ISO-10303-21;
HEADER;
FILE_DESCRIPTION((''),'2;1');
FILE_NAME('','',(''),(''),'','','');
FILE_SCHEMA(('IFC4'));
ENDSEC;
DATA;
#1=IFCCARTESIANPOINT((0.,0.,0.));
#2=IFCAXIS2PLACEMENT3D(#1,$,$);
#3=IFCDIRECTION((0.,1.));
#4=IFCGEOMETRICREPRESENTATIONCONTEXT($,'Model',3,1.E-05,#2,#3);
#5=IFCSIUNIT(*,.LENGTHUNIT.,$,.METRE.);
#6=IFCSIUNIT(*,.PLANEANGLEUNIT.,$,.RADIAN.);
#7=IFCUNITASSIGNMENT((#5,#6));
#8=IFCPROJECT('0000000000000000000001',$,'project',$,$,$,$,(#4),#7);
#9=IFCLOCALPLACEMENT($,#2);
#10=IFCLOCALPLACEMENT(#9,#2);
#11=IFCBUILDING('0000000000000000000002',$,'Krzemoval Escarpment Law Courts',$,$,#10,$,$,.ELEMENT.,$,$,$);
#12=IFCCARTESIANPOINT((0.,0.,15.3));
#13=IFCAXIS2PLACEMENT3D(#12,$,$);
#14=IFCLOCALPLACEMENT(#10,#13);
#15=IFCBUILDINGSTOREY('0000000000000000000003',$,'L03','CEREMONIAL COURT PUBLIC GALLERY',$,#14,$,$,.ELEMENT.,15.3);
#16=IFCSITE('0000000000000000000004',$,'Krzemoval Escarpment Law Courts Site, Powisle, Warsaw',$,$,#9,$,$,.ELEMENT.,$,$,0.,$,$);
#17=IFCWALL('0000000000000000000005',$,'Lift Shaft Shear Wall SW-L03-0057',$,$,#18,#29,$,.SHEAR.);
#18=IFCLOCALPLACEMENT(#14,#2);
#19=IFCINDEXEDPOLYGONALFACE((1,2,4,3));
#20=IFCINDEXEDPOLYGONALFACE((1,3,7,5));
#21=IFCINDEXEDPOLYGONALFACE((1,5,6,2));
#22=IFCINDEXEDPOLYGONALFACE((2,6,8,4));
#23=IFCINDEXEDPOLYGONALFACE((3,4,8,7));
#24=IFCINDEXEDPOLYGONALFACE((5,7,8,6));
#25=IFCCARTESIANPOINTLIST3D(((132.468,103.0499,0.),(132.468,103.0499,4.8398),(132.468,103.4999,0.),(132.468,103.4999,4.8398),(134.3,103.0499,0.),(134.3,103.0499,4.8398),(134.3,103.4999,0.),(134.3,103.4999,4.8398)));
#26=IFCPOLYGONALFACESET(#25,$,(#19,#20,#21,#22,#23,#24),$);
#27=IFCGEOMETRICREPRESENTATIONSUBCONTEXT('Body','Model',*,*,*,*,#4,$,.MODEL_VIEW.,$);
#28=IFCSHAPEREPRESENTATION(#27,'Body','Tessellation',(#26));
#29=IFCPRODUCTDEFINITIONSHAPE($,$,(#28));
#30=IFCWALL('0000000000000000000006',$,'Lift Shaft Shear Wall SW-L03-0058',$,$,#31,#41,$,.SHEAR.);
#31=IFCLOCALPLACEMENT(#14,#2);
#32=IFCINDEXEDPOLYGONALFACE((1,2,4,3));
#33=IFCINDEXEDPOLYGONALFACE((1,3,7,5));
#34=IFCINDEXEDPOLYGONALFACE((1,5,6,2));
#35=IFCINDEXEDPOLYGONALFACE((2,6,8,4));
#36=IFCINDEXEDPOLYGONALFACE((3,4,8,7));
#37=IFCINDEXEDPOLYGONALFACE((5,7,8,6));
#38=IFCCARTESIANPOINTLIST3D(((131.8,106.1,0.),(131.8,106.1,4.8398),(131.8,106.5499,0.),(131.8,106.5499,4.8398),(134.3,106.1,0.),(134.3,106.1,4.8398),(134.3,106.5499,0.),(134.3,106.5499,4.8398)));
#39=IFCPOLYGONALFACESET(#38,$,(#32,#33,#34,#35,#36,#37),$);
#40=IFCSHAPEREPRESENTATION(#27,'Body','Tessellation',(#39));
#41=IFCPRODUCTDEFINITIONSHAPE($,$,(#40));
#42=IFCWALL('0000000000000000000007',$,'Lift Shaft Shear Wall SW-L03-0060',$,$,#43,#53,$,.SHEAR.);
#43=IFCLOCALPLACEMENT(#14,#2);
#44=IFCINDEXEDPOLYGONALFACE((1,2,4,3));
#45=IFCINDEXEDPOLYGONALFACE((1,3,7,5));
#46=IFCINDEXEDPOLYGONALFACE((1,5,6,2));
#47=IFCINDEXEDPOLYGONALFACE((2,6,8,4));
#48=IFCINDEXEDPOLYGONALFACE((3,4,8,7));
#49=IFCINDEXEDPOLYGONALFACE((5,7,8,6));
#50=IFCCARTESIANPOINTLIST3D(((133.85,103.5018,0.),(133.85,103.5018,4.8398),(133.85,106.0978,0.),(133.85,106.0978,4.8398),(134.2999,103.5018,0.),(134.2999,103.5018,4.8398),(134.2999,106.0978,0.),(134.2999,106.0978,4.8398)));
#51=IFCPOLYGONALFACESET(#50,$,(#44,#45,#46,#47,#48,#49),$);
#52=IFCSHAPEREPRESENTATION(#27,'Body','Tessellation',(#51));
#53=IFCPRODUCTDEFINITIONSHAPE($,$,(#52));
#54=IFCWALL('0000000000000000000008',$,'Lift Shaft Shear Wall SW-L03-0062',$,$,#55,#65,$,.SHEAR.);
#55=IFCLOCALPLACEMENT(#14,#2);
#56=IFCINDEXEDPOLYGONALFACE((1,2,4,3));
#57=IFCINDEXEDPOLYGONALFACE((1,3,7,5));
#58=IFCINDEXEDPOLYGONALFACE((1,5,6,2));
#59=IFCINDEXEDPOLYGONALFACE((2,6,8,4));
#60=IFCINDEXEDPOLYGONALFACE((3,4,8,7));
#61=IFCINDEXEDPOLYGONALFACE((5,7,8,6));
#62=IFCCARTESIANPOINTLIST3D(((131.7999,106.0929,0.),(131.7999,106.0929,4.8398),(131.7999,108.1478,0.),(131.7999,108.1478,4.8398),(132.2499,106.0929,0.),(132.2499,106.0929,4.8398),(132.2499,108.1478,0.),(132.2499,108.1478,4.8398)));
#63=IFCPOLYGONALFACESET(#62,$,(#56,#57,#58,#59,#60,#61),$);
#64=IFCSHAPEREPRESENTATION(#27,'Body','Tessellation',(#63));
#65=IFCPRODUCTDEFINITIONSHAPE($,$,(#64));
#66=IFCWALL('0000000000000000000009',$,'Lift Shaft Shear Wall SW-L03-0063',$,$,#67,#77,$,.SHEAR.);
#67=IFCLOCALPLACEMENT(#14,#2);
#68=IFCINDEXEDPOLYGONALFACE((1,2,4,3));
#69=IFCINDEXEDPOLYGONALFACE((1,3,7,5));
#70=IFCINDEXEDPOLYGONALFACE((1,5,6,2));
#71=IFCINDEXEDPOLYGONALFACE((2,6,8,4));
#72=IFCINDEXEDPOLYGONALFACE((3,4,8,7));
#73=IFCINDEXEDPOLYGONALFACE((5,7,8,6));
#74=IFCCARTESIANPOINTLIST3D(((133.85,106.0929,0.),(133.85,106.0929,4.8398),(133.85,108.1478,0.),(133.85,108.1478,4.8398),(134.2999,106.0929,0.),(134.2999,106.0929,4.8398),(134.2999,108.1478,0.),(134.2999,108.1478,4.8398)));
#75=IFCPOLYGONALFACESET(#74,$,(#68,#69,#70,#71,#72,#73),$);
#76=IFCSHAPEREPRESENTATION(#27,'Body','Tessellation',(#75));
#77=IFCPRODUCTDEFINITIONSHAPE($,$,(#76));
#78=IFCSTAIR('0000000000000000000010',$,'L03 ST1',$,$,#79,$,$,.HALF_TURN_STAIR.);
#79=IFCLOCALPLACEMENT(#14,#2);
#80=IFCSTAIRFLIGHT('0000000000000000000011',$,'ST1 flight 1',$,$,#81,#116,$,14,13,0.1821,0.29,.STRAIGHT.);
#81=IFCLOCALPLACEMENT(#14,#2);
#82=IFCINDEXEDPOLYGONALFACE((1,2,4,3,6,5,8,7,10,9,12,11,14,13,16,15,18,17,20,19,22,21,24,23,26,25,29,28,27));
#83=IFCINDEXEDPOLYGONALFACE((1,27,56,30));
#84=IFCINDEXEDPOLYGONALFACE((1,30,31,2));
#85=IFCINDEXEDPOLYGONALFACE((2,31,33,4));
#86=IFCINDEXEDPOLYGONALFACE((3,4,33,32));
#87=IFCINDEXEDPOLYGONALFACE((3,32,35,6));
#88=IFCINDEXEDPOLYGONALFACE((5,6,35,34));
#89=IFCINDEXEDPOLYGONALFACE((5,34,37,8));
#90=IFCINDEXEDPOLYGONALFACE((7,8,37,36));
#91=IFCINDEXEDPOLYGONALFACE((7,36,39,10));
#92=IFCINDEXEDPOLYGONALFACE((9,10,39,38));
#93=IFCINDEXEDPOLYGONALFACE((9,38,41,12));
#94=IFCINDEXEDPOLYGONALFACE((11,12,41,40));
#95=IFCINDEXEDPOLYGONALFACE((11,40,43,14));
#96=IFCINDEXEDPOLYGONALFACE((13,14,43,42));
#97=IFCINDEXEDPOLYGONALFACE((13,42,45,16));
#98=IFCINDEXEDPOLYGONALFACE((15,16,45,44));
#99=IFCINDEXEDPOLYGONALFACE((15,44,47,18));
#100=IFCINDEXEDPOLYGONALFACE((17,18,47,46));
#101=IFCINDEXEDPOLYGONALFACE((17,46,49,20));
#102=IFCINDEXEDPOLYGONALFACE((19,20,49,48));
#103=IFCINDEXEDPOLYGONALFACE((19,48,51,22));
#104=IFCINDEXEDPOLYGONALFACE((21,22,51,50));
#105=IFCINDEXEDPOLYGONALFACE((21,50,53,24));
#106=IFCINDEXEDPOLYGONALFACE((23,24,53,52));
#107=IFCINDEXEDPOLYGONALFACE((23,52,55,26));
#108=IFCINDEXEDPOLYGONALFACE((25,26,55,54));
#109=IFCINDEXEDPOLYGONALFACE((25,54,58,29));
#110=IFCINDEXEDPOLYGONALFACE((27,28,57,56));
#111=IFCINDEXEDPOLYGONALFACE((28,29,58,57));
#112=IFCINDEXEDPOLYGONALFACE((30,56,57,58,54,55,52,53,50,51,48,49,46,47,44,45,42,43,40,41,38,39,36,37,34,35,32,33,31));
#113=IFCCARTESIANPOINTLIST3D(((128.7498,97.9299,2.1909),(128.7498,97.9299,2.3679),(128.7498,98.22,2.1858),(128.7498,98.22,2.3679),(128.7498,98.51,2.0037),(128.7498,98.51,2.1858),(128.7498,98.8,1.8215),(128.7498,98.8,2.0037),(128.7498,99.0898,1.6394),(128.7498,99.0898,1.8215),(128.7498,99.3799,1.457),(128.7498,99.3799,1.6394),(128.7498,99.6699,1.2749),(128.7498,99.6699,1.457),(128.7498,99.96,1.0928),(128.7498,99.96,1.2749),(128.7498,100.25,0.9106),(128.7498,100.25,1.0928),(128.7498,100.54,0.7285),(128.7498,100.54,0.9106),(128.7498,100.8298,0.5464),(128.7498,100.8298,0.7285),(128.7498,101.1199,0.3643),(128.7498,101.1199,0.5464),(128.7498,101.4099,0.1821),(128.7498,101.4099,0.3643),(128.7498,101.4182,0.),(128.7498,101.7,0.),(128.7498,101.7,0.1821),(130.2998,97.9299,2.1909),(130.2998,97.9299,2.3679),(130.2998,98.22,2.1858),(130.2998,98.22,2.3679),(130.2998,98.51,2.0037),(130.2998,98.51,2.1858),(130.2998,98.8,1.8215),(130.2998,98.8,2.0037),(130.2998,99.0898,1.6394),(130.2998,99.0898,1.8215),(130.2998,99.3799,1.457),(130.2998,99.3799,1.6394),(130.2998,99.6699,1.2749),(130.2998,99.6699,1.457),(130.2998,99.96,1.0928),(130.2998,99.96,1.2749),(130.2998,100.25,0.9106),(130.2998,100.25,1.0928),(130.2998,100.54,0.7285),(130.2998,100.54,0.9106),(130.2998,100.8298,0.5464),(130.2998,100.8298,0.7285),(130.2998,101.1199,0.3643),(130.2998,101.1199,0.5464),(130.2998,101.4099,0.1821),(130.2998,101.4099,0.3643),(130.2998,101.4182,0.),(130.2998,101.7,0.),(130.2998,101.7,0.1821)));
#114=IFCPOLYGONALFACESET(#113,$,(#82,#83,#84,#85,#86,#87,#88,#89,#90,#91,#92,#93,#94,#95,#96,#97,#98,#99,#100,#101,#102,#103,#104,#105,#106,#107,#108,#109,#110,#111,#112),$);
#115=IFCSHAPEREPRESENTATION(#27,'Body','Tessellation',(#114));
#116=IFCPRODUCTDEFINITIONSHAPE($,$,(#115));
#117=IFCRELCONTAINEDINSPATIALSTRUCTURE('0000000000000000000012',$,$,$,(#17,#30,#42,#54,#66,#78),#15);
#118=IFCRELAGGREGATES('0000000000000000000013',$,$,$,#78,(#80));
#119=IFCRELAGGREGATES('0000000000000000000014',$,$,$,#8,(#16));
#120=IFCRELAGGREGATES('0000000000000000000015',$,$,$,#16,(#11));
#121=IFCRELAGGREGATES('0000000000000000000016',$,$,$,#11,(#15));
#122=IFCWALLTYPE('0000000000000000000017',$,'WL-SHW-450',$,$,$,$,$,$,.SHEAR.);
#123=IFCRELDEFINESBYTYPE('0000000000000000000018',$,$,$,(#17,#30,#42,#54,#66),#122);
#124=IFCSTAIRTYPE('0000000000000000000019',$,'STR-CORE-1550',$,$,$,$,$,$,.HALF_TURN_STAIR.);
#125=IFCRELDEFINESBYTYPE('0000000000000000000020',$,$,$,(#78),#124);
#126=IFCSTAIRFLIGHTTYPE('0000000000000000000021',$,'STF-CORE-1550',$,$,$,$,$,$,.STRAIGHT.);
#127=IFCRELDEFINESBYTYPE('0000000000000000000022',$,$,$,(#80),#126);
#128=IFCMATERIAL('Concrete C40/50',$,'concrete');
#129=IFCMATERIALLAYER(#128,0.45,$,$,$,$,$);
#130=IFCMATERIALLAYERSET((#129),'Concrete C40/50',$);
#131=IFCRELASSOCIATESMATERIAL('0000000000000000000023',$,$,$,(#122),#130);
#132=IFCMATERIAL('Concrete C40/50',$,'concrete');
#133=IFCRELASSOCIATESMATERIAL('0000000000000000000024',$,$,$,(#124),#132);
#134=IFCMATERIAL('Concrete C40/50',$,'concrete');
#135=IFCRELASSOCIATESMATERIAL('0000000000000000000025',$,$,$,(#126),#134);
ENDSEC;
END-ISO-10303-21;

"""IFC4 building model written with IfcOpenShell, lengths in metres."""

from ifc_helpers import new_model, si_unit, direction, frame, frame_2d, origin, place, context, subcontext, project, spatial, polyline, rectangle, outline, extrude, material, layer, layer_set, type_object, element, aggregate, save


model = new_model("IFC4")

# Units and contexts
model_context = context("Model", 3, precision=1e-05, world=origin(), true_north=direction((0.0, 1.0)))
body_context = subcontext(model_context, "Body", "Model", "MODEL_VIEW")
ifc_project = project(units=[si_unit("LENGTHUNIT", "METRE"), si_unit("PLANEANGLEUNIT", "RADIAN")], contexts=[model_context])

# Site, building, storey
site_placement = place(None, origin())
site = spatial("IfcSite", under=ifc_project, at=site_placement, Name="Krzemoval Escarpment Law Courts Site, Powisle, Warsaw", CompositionType="ELEMENT", RefElevation=0.0)
building_placement = place(site_placement, origin())
building = spatial("IfcBuilding", under=site, at=building_placement, Name="Krzemoval Escarpment Law Courts", CompositionType="ELEMENT")
storey_placement = place(building_placement, frame((0.0, 0.0, 15.3)))
storey = spatial("IfcBuildingStorey", under=building, at=storey_placement, Name="L03", Description="CEREMONIAL COURT PUBLIC GALLERY", CompositionType="ELEMENT", Elevation=15.3)

# Shared definitions
ifc_material_1 = material(Name="Concrete C40/50", Category="concrete")
ifc_layer_1 = layer(ifc_material_1, 0.45)
ifc_layer_set_1 = layer_set([ifc_layer_1], Name="Concrete C40/50")
wall_type_1 = type_object("IfcWallType", Name="WL-SHW-450", PredefinedType="SHEAR", material=ifc_layer_set_1)

# Walls
wall_1_placement = place(storey_placement, frame((132.468, 103.2749, 0.0), z_axis=(0.0, 0.0, 1.0), x_axis=(1.0, 0.0, 0.0)))
element("IfcWall", 1, at=wall_1_placement, inside=storey, type_object=wall_type_1, Name="Lift Shaft Shear Wall SW-L03-0057", PredefinedType="SHEAR", context=body_context, shape_type="SweptSolid", body=[
    extrude(rectangle(XDim=1.832, YDim=0.45, at=frame_2d((0.916, 0.0))), origin(), (0.0, 0.0, 1.0), 4.8398),
])
wall_2_placement = place(storey_placement, frame((131.8, 106.325, 0.0), z_axis=(0.0, 0.0, 1.0), x_axis=(1.0, 0.0, 0.0)))
element("IfcWall", 2, at=wall_2_placement, inside=storey, type_object=wall_type_1, Name="Lift Shaft Shear Wall SW-L03-0058", PredefinedType="SHEAR", context=body_context, shape_type="SweptSolid", body=[
    extrude(rectangle(XDim=2.5, YDim=0.45, at=frame_2d((1.25, 0.0))), origin(), (0.0, 0.0, 1.0), 4.8398),
])

# Wall
wall_3_placement = place(storey_placement, frame((134.075, 103.502, 0.0), z_axis=(0.0, 0.0, 1.0), x_axis=(0.0, 1.0, 0.0)))
element("IfcWall", 3, at=wall_3_placement, inside=storey, type_object=wall_type_1, Name="Lift Shaft Shear Wall SW-L03-0060", PredefinedType="SHEAR", context=body_context, shape_type="SweptSolid", body=[
    extrude(rectangle(XDim=2.5959, YDim=0.45, at=frame_2d((1.2979, 0.0))), origin(), (0.0, 0.0, 1.0), 4.8398),
])

# Walls
for number, where, z_axis, x_axis, name in (
    (4, (132.0249, 106.093, 0.0), (0.0, 0.0, 1.0), (0.0, 1.0, 0.0), "Lift Shaft Shear Wall SW-L03-0062"),
    (5, (134.075, 106.093, 0.0), (0.0, 0.0, 1.0), (0.0, 1.0, 0.0), "Lift Shaft Shear Wall SW-L03-0063"),
):
    element("IfcWall", number, at=place(storey_placement, frame(where, z_axis=z_axis, x_axis=x_axis)), inside=storey, type_object=wall_type_1, Name=name, PredefinedType="SHEAR", context=body_context, shape_type="SweptSolid", body=[
        extrude(rectangle(XDim=2.0549, YDim=0.45, at=frame_2d((1.0273, 0.0))), origin(), (0.0, 0.0, 1.0), 4.8398),
    ])

# Stair, stair flight
ifc_material_2 = material(Name="Concrete C40/50", Category="concrete")
stair_type = type_object("IfcStairType", Name="STR-CORE-1550", PredefinedType="HALF_TURN_STAIR", material=ifc_material_2)
stair_placement = place(storey_placement, origin())
stair = element("IfcStair", 6, at=stair_placement, inside=storey, type_object=stair_type, Name="L03 ST1", PredefinedType="HALF_TURN_STAIR")
ifc_material_3 = material(Name="Concrete C40/50", Category="concrete")
stair_flight_type = type_object("IfcStairFlightType", Name="STF-CORE-1550", PredefinedType="STRAIGHT", material=ifc_material_3)
stair_flight_placement = place(storey_placement, frame((129.5249, 101.7, 0.0), z_axis=(0.0, 0.0, 1.0), x_axis=(0.0, -1.0, 0.0)))
stair_flight = element("IfcStairFlight", 7, at=stair_flight_placement, type_object=stair_flight_type, Name="ST1 flight 1", NumberOfRisers=14, NumberOfTreads=13, PredefinedType="STRAIGHT", RiserHeight=0.1821, TreadLength=0.29, context=body_context, shape_type="SweptSolid", body=[
    extrude(outline(polyline([(0.0, 0.0), (0.0, 0.1821), (0.29, 0.1821), (0.29, 0.3643), (0.5801, 0.3643), (0.5801, 0.5464), (0.8701, 0.5464), (0.8701, 0.7285), (1.1599, 0.7285), (1.1599, 0.9106), (1.45, 0.9106), (1.45, 1.0928), (1.74, 1.0928), (1.74, 1.2749), (2.03, 1.2749), (2.03, 1.457), (2.3201, 1.457), (2.3201, 1.6394), (2.6101, 1.6394), (2.6101, 1.8215), (2.8999, 1.8215), (2.8999, 2.0037), (3.1899, 2.0037), (3.1899, 2.1858), (3.48, 2.1858), (3.48, 2.3679), (3.77, 2.3679), (3.77, 2.55), (3.77, 2.1909), (0.2817, 0.0), (0.0, 0.0)])), frame((0.0, 0.7749, 0.0), z_axis=(0.0, -1.0, 0.0), x_axis=(1.0, 0.0, 0.0)), (0.0, 0.0, 1.0), 1.55),
])
aggregate(stair, [stair_flight])

save(model, "model.ifc")
